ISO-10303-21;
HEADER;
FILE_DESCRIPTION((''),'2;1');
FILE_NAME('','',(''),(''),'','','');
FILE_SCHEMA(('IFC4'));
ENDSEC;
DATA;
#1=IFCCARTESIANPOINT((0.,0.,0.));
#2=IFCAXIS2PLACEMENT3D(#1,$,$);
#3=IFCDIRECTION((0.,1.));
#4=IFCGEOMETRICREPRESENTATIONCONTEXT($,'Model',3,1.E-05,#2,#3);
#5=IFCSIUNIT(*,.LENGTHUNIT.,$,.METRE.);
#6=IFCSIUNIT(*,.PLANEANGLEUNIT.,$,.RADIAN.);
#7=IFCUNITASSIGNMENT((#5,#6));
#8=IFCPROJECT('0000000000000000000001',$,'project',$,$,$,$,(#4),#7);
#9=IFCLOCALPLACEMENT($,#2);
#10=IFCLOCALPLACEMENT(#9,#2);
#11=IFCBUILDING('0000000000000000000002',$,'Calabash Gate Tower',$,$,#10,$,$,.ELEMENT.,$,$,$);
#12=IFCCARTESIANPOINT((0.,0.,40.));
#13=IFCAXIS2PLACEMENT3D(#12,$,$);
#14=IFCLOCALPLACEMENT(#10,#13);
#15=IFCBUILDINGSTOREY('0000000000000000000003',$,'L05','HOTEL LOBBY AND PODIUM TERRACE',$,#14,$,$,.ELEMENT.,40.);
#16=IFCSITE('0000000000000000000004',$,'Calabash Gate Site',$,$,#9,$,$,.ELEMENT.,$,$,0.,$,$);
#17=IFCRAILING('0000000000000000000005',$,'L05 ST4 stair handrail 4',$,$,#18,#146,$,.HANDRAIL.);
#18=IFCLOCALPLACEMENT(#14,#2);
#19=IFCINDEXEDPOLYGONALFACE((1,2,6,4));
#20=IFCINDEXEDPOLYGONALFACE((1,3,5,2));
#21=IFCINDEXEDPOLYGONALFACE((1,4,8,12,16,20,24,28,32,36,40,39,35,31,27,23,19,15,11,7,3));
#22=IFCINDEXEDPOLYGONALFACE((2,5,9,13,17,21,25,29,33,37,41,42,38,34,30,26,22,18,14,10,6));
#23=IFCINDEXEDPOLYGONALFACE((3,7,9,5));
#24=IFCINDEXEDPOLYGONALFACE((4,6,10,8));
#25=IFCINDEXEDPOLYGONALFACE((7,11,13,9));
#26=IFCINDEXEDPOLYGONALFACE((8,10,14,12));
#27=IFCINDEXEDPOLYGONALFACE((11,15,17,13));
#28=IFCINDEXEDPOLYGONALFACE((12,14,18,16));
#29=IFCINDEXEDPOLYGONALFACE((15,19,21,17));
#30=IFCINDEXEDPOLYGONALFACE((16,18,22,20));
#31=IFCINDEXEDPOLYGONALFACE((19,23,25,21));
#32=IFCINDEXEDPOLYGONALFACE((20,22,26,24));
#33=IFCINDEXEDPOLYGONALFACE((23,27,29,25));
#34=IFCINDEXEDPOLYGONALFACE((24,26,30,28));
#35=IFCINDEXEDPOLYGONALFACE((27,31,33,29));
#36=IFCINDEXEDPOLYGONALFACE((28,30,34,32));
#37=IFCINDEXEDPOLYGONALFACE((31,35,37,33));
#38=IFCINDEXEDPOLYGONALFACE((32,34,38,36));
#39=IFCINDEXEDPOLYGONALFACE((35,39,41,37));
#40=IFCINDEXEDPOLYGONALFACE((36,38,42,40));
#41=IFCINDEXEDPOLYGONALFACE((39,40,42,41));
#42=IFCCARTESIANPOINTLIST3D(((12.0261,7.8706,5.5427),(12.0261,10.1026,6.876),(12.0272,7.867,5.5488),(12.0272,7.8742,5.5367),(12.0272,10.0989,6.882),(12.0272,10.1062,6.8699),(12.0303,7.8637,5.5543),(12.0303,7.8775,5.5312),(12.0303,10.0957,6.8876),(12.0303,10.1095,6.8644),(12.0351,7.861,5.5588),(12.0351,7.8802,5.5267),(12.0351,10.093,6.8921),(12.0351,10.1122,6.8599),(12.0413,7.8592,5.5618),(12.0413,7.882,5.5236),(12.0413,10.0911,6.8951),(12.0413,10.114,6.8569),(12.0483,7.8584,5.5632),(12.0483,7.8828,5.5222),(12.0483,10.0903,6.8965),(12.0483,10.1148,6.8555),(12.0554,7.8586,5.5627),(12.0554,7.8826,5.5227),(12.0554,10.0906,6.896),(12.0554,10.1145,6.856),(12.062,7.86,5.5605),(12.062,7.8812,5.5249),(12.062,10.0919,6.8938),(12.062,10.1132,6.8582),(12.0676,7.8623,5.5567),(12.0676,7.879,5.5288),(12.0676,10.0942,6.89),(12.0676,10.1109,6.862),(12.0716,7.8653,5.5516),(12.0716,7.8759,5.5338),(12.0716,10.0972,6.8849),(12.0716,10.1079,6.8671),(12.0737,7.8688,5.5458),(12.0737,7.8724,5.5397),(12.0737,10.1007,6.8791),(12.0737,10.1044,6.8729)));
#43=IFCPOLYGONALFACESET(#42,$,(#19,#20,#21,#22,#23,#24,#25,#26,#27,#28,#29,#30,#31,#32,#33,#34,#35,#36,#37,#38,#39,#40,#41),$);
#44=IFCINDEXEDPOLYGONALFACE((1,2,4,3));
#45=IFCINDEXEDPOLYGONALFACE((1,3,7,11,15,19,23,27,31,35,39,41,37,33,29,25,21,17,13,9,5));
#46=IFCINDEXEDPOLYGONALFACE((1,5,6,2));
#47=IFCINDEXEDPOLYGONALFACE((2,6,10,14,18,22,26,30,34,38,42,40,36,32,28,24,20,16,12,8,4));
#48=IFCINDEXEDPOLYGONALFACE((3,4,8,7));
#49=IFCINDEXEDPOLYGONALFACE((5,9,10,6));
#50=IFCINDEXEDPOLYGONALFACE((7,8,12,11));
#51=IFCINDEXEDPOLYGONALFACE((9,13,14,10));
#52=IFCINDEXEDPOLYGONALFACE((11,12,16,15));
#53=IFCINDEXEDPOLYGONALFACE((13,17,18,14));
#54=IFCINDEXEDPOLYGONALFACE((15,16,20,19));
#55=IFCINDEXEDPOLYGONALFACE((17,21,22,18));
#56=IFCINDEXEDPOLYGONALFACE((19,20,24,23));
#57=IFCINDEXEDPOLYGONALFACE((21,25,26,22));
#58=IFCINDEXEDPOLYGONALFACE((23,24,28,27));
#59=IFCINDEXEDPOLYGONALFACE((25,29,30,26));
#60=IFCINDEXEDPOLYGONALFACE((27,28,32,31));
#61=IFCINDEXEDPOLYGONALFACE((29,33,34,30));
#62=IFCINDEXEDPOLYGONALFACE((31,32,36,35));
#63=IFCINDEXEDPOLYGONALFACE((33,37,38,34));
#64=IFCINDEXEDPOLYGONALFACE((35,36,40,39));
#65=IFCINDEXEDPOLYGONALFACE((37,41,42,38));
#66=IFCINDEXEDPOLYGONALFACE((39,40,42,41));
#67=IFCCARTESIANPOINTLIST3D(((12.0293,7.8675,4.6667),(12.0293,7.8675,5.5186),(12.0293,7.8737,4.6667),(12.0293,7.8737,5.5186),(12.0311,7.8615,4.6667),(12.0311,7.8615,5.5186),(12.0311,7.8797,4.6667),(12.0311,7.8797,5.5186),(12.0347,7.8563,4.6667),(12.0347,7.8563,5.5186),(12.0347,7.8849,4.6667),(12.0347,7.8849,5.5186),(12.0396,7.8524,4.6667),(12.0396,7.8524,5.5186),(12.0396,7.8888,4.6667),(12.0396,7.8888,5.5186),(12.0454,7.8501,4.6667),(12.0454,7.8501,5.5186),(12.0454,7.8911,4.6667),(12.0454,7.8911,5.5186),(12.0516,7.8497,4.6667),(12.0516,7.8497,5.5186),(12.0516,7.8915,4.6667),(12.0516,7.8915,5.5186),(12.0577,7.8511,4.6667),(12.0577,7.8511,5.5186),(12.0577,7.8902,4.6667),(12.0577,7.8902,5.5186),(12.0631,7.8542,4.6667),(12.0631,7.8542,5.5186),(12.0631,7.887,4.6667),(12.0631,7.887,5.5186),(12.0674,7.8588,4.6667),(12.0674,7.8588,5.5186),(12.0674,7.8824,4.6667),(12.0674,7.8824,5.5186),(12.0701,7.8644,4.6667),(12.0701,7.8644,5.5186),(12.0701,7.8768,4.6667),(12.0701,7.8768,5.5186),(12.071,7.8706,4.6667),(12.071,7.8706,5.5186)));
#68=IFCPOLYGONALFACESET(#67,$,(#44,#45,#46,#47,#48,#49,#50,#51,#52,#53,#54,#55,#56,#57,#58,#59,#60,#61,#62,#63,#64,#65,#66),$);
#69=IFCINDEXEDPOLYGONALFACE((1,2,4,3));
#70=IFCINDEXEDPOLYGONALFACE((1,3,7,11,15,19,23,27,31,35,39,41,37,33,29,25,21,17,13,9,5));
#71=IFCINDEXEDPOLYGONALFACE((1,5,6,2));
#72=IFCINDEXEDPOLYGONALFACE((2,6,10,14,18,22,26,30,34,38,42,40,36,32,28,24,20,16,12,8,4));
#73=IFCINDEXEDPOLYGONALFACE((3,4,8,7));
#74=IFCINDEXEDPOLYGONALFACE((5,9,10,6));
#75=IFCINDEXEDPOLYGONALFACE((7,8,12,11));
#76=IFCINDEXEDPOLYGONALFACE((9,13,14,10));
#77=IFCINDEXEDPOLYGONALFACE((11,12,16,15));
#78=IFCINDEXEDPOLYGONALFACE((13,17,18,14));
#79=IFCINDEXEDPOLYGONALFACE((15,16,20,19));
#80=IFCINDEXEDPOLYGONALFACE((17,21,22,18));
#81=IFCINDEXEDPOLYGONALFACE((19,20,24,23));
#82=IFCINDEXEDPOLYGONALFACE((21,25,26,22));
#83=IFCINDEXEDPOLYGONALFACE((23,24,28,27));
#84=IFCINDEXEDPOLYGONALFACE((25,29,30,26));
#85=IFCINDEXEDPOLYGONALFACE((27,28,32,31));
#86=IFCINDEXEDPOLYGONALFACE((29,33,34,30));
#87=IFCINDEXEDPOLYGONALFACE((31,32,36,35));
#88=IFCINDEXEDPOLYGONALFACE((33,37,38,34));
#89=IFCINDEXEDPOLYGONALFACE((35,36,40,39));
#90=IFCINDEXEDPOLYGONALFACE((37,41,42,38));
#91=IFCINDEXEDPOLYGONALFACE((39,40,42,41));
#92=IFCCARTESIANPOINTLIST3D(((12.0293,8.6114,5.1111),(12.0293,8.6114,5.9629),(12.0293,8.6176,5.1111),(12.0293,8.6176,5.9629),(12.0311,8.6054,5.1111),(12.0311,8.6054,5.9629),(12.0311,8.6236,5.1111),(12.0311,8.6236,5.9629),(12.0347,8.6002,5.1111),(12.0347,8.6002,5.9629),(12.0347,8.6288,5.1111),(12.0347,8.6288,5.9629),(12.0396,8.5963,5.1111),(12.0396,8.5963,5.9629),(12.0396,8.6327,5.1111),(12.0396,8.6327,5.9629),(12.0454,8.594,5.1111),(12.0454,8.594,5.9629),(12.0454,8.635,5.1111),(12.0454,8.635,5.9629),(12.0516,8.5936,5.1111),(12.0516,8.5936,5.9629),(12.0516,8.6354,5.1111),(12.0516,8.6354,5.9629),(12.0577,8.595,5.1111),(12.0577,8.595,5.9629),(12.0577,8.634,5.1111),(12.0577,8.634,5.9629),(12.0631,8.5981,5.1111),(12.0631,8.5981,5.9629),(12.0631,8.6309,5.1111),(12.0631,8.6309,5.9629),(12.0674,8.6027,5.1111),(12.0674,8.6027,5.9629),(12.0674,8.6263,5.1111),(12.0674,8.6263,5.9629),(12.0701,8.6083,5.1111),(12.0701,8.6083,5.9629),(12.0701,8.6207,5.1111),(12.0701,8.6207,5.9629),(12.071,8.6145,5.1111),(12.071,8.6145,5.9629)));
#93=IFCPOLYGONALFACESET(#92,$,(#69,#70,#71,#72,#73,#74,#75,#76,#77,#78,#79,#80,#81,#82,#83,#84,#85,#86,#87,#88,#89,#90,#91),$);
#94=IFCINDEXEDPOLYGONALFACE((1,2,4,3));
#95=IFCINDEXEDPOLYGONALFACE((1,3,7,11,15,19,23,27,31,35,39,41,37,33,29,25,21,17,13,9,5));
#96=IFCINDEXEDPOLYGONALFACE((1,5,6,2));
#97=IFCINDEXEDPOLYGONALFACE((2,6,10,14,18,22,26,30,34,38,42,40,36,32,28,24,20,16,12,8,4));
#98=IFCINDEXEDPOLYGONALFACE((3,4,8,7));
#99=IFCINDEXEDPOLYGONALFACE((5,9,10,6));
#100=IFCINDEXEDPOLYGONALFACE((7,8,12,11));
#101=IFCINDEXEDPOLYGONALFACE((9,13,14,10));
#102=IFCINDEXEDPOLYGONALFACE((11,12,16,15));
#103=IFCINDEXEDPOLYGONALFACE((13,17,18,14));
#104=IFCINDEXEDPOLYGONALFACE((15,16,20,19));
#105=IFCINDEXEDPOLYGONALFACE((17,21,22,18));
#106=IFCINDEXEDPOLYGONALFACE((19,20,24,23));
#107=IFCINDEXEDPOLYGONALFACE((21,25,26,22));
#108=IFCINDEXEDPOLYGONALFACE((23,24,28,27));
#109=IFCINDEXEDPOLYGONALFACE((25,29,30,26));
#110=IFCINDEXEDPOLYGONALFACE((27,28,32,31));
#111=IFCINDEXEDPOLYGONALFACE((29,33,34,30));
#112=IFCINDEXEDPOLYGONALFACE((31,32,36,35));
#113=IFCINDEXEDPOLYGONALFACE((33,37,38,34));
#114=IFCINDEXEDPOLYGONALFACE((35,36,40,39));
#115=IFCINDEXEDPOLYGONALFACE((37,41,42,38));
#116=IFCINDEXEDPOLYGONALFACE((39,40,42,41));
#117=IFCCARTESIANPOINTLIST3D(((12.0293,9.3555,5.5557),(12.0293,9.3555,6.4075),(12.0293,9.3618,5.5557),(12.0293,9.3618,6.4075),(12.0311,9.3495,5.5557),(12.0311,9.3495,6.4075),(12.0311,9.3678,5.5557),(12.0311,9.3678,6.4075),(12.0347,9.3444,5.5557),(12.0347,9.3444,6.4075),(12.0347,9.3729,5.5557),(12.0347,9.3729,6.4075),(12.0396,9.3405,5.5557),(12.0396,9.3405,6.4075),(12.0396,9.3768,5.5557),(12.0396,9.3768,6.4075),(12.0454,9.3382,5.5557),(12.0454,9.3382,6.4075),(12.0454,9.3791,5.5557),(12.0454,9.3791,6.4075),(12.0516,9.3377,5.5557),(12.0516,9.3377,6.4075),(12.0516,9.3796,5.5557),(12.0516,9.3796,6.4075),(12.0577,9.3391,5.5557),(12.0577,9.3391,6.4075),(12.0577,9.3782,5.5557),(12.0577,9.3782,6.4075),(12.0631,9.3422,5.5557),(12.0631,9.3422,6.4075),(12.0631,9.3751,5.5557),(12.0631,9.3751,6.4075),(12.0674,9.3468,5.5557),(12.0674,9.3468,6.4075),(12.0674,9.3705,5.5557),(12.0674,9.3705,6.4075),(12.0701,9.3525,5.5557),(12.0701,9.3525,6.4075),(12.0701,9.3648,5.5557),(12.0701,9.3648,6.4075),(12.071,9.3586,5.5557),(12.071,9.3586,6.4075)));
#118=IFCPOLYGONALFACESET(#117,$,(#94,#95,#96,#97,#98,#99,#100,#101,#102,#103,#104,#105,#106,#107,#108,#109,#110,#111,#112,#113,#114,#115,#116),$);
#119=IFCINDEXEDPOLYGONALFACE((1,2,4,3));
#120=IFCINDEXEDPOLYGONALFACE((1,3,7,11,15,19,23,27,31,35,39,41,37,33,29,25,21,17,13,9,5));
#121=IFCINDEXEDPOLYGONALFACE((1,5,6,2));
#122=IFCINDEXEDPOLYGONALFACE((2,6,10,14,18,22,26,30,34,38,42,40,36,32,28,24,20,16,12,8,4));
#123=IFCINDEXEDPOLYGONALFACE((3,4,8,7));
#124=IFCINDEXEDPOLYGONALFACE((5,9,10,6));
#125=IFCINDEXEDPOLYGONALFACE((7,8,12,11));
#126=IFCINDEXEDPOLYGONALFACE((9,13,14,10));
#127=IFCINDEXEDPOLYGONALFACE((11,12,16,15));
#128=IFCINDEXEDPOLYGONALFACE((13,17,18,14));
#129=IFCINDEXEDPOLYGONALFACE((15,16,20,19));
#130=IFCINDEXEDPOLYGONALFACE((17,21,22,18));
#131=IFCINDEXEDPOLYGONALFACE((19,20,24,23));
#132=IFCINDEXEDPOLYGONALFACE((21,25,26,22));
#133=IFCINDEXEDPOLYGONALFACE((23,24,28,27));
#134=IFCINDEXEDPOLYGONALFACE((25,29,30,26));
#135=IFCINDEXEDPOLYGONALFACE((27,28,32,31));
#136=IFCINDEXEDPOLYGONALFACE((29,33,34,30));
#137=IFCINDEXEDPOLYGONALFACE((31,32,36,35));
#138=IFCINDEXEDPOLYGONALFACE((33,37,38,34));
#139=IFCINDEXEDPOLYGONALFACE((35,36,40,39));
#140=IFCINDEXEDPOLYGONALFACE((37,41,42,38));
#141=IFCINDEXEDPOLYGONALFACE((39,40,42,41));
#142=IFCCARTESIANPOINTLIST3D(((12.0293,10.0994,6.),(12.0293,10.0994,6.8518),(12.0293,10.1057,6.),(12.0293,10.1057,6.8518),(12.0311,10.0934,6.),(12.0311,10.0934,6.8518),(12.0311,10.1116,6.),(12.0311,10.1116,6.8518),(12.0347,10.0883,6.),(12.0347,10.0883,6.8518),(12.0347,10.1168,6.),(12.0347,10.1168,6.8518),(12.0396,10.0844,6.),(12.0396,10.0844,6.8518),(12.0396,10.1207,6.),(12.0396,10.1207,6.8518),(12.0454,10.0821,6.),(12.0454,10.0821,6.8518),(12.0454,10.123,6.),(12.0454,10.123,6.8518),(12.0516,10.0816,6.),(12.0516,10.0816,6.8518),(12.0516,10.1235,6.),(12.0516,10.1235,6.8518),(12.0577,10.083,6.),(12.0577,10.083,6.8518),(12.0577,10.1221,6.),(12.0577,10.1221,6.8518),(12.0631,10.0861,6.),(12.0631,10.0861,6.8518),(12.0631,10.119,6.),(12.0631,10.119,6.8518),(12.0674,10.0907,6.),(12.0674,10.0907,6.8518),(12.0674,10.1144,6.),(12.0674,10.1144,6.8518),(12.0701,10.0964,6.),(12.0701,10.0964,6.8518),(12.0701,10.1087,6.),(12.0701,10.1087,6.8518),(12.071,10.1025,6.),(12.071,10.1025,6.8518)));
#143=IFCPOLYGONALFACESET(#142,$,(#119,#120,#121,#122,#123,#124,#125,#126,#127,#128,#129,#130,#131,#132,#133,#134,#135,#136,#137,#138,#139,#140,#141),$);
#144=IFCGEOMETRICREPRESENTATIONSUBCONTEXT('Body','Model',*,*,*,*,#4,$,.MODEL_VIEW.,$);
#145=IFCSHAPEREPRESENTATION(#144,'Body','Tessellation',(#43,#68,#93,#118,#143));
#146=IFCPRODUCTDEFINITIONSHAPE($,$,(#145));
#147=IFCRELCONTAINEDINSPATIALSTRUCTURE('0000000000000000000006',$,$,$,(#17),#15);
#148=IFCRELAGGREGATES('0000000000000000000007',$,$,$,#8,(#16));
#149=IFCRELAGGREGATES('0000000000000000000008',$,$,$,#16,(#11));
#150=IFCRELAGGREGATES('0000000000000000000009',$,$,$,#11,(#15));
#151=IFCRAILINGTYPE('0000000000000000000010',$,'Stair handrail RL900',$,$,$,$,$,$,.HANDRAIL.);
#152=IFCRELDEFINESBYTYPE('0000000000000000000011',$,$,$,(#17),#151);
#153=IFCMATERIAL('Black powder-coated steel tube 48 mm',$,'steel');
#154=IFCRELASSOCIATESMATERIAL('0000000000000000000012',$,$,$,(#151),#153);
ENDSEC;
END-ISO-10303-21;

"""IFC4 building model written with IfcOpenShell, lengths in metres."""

from ifc_helpers import new_model, si_unit, direction, frame, origin, origin_2d, place, context, subcontext, project, spatial, circle, extrude, material, type_object, element, save


model = new_model("IFC4")

# Units and contexts
model_context = context("Model", 3, precision=1e-05, world=origin(), true_north=direction((0.0, 1.0)))
body_context = subcontext(model_context, "Body", "Model", "MODEL_VIEW")
ifc_project = project(units=[si_unit("LENGTHUNIT", "METRE"), si_unit("PLANEANGLEUNIT", "RADIAN")], contexts=[model_context])

# Site, building, storey
site_placement = place(None, origin())
site = spatial("IfcSite", under=ifc_project, at=site_placement, Name="Calabash Gate Site", CompositionType="ELEMENT", RefElevation=0.0)
building_placement = place(site_placement, origin())
building = spatial("IfcBuilding", under=site, at=building_placement, Name="Calabash Gate Tower", CompositionType="ELEMENT")
storey_placement = place(building_placement, frame((0.0, 0.0, 40.0)))
storey = spatial("IfcBuildingStorey", under=building, at=storey_placement, Name="L05", Description="HOTEL LOBBY AND PODIUM TERRACE", CompositionType="ELEMENT", Elevation=40.0)

# Railing
ifc_material_1 = material(Name="Black powder-coated steel tube 48 mm", Category="steel")
railing_type = type_object("IfcRailingType", Name="Stair handrail RL900", PredefinedType="HANDRAIL", material=ifc_material_1)
for number, where, name in (
    (1, (12.05, 7.8706, 4.6667), "L05 ST4 stair handrail 4"),
):
    element("IfcRailing", number, at=place(storey_placement, frame(where)), inside=storey, type_object=railing_type, Name=name, PredefinedType="HANDRAIL", context=body_context, shape_type="SweptSolid", body=[
        extrude(circle(Radius=0.0239, at=origin_2d()), frame((0.0, 0.0, 0.876), z_axis=(0.0, 0.858494, 0.512824), x_axis=(-1.0, 0.0, 0.0)), (0.0, 0.0, 1.0), 2.5999),
        extrude(circle(Radius=0.021, at=origin_2d()), origin(), (0.0, 0.0, 1.0), 0.8518),
        extrude(circle(Radius=0.021, at=origin_2d()), frame((0.0, 0.7439, 0.4443)), (0.0, 0.0, 1.0), 0.8518),
        extrude(circle(Radius=0.021, at=origin_2d()), frame((0.0, 1.488, 0.8889)), (0.0, 0.0, 1.0), 0.8518),
        extrude(circle(Radius=0.021, at=origin_2d()), frame((0.0, 2.2319, 1.3333)), (0.0, 0.0, 1.0), 0.8518),
    ])

save(model, "model.ifc")
